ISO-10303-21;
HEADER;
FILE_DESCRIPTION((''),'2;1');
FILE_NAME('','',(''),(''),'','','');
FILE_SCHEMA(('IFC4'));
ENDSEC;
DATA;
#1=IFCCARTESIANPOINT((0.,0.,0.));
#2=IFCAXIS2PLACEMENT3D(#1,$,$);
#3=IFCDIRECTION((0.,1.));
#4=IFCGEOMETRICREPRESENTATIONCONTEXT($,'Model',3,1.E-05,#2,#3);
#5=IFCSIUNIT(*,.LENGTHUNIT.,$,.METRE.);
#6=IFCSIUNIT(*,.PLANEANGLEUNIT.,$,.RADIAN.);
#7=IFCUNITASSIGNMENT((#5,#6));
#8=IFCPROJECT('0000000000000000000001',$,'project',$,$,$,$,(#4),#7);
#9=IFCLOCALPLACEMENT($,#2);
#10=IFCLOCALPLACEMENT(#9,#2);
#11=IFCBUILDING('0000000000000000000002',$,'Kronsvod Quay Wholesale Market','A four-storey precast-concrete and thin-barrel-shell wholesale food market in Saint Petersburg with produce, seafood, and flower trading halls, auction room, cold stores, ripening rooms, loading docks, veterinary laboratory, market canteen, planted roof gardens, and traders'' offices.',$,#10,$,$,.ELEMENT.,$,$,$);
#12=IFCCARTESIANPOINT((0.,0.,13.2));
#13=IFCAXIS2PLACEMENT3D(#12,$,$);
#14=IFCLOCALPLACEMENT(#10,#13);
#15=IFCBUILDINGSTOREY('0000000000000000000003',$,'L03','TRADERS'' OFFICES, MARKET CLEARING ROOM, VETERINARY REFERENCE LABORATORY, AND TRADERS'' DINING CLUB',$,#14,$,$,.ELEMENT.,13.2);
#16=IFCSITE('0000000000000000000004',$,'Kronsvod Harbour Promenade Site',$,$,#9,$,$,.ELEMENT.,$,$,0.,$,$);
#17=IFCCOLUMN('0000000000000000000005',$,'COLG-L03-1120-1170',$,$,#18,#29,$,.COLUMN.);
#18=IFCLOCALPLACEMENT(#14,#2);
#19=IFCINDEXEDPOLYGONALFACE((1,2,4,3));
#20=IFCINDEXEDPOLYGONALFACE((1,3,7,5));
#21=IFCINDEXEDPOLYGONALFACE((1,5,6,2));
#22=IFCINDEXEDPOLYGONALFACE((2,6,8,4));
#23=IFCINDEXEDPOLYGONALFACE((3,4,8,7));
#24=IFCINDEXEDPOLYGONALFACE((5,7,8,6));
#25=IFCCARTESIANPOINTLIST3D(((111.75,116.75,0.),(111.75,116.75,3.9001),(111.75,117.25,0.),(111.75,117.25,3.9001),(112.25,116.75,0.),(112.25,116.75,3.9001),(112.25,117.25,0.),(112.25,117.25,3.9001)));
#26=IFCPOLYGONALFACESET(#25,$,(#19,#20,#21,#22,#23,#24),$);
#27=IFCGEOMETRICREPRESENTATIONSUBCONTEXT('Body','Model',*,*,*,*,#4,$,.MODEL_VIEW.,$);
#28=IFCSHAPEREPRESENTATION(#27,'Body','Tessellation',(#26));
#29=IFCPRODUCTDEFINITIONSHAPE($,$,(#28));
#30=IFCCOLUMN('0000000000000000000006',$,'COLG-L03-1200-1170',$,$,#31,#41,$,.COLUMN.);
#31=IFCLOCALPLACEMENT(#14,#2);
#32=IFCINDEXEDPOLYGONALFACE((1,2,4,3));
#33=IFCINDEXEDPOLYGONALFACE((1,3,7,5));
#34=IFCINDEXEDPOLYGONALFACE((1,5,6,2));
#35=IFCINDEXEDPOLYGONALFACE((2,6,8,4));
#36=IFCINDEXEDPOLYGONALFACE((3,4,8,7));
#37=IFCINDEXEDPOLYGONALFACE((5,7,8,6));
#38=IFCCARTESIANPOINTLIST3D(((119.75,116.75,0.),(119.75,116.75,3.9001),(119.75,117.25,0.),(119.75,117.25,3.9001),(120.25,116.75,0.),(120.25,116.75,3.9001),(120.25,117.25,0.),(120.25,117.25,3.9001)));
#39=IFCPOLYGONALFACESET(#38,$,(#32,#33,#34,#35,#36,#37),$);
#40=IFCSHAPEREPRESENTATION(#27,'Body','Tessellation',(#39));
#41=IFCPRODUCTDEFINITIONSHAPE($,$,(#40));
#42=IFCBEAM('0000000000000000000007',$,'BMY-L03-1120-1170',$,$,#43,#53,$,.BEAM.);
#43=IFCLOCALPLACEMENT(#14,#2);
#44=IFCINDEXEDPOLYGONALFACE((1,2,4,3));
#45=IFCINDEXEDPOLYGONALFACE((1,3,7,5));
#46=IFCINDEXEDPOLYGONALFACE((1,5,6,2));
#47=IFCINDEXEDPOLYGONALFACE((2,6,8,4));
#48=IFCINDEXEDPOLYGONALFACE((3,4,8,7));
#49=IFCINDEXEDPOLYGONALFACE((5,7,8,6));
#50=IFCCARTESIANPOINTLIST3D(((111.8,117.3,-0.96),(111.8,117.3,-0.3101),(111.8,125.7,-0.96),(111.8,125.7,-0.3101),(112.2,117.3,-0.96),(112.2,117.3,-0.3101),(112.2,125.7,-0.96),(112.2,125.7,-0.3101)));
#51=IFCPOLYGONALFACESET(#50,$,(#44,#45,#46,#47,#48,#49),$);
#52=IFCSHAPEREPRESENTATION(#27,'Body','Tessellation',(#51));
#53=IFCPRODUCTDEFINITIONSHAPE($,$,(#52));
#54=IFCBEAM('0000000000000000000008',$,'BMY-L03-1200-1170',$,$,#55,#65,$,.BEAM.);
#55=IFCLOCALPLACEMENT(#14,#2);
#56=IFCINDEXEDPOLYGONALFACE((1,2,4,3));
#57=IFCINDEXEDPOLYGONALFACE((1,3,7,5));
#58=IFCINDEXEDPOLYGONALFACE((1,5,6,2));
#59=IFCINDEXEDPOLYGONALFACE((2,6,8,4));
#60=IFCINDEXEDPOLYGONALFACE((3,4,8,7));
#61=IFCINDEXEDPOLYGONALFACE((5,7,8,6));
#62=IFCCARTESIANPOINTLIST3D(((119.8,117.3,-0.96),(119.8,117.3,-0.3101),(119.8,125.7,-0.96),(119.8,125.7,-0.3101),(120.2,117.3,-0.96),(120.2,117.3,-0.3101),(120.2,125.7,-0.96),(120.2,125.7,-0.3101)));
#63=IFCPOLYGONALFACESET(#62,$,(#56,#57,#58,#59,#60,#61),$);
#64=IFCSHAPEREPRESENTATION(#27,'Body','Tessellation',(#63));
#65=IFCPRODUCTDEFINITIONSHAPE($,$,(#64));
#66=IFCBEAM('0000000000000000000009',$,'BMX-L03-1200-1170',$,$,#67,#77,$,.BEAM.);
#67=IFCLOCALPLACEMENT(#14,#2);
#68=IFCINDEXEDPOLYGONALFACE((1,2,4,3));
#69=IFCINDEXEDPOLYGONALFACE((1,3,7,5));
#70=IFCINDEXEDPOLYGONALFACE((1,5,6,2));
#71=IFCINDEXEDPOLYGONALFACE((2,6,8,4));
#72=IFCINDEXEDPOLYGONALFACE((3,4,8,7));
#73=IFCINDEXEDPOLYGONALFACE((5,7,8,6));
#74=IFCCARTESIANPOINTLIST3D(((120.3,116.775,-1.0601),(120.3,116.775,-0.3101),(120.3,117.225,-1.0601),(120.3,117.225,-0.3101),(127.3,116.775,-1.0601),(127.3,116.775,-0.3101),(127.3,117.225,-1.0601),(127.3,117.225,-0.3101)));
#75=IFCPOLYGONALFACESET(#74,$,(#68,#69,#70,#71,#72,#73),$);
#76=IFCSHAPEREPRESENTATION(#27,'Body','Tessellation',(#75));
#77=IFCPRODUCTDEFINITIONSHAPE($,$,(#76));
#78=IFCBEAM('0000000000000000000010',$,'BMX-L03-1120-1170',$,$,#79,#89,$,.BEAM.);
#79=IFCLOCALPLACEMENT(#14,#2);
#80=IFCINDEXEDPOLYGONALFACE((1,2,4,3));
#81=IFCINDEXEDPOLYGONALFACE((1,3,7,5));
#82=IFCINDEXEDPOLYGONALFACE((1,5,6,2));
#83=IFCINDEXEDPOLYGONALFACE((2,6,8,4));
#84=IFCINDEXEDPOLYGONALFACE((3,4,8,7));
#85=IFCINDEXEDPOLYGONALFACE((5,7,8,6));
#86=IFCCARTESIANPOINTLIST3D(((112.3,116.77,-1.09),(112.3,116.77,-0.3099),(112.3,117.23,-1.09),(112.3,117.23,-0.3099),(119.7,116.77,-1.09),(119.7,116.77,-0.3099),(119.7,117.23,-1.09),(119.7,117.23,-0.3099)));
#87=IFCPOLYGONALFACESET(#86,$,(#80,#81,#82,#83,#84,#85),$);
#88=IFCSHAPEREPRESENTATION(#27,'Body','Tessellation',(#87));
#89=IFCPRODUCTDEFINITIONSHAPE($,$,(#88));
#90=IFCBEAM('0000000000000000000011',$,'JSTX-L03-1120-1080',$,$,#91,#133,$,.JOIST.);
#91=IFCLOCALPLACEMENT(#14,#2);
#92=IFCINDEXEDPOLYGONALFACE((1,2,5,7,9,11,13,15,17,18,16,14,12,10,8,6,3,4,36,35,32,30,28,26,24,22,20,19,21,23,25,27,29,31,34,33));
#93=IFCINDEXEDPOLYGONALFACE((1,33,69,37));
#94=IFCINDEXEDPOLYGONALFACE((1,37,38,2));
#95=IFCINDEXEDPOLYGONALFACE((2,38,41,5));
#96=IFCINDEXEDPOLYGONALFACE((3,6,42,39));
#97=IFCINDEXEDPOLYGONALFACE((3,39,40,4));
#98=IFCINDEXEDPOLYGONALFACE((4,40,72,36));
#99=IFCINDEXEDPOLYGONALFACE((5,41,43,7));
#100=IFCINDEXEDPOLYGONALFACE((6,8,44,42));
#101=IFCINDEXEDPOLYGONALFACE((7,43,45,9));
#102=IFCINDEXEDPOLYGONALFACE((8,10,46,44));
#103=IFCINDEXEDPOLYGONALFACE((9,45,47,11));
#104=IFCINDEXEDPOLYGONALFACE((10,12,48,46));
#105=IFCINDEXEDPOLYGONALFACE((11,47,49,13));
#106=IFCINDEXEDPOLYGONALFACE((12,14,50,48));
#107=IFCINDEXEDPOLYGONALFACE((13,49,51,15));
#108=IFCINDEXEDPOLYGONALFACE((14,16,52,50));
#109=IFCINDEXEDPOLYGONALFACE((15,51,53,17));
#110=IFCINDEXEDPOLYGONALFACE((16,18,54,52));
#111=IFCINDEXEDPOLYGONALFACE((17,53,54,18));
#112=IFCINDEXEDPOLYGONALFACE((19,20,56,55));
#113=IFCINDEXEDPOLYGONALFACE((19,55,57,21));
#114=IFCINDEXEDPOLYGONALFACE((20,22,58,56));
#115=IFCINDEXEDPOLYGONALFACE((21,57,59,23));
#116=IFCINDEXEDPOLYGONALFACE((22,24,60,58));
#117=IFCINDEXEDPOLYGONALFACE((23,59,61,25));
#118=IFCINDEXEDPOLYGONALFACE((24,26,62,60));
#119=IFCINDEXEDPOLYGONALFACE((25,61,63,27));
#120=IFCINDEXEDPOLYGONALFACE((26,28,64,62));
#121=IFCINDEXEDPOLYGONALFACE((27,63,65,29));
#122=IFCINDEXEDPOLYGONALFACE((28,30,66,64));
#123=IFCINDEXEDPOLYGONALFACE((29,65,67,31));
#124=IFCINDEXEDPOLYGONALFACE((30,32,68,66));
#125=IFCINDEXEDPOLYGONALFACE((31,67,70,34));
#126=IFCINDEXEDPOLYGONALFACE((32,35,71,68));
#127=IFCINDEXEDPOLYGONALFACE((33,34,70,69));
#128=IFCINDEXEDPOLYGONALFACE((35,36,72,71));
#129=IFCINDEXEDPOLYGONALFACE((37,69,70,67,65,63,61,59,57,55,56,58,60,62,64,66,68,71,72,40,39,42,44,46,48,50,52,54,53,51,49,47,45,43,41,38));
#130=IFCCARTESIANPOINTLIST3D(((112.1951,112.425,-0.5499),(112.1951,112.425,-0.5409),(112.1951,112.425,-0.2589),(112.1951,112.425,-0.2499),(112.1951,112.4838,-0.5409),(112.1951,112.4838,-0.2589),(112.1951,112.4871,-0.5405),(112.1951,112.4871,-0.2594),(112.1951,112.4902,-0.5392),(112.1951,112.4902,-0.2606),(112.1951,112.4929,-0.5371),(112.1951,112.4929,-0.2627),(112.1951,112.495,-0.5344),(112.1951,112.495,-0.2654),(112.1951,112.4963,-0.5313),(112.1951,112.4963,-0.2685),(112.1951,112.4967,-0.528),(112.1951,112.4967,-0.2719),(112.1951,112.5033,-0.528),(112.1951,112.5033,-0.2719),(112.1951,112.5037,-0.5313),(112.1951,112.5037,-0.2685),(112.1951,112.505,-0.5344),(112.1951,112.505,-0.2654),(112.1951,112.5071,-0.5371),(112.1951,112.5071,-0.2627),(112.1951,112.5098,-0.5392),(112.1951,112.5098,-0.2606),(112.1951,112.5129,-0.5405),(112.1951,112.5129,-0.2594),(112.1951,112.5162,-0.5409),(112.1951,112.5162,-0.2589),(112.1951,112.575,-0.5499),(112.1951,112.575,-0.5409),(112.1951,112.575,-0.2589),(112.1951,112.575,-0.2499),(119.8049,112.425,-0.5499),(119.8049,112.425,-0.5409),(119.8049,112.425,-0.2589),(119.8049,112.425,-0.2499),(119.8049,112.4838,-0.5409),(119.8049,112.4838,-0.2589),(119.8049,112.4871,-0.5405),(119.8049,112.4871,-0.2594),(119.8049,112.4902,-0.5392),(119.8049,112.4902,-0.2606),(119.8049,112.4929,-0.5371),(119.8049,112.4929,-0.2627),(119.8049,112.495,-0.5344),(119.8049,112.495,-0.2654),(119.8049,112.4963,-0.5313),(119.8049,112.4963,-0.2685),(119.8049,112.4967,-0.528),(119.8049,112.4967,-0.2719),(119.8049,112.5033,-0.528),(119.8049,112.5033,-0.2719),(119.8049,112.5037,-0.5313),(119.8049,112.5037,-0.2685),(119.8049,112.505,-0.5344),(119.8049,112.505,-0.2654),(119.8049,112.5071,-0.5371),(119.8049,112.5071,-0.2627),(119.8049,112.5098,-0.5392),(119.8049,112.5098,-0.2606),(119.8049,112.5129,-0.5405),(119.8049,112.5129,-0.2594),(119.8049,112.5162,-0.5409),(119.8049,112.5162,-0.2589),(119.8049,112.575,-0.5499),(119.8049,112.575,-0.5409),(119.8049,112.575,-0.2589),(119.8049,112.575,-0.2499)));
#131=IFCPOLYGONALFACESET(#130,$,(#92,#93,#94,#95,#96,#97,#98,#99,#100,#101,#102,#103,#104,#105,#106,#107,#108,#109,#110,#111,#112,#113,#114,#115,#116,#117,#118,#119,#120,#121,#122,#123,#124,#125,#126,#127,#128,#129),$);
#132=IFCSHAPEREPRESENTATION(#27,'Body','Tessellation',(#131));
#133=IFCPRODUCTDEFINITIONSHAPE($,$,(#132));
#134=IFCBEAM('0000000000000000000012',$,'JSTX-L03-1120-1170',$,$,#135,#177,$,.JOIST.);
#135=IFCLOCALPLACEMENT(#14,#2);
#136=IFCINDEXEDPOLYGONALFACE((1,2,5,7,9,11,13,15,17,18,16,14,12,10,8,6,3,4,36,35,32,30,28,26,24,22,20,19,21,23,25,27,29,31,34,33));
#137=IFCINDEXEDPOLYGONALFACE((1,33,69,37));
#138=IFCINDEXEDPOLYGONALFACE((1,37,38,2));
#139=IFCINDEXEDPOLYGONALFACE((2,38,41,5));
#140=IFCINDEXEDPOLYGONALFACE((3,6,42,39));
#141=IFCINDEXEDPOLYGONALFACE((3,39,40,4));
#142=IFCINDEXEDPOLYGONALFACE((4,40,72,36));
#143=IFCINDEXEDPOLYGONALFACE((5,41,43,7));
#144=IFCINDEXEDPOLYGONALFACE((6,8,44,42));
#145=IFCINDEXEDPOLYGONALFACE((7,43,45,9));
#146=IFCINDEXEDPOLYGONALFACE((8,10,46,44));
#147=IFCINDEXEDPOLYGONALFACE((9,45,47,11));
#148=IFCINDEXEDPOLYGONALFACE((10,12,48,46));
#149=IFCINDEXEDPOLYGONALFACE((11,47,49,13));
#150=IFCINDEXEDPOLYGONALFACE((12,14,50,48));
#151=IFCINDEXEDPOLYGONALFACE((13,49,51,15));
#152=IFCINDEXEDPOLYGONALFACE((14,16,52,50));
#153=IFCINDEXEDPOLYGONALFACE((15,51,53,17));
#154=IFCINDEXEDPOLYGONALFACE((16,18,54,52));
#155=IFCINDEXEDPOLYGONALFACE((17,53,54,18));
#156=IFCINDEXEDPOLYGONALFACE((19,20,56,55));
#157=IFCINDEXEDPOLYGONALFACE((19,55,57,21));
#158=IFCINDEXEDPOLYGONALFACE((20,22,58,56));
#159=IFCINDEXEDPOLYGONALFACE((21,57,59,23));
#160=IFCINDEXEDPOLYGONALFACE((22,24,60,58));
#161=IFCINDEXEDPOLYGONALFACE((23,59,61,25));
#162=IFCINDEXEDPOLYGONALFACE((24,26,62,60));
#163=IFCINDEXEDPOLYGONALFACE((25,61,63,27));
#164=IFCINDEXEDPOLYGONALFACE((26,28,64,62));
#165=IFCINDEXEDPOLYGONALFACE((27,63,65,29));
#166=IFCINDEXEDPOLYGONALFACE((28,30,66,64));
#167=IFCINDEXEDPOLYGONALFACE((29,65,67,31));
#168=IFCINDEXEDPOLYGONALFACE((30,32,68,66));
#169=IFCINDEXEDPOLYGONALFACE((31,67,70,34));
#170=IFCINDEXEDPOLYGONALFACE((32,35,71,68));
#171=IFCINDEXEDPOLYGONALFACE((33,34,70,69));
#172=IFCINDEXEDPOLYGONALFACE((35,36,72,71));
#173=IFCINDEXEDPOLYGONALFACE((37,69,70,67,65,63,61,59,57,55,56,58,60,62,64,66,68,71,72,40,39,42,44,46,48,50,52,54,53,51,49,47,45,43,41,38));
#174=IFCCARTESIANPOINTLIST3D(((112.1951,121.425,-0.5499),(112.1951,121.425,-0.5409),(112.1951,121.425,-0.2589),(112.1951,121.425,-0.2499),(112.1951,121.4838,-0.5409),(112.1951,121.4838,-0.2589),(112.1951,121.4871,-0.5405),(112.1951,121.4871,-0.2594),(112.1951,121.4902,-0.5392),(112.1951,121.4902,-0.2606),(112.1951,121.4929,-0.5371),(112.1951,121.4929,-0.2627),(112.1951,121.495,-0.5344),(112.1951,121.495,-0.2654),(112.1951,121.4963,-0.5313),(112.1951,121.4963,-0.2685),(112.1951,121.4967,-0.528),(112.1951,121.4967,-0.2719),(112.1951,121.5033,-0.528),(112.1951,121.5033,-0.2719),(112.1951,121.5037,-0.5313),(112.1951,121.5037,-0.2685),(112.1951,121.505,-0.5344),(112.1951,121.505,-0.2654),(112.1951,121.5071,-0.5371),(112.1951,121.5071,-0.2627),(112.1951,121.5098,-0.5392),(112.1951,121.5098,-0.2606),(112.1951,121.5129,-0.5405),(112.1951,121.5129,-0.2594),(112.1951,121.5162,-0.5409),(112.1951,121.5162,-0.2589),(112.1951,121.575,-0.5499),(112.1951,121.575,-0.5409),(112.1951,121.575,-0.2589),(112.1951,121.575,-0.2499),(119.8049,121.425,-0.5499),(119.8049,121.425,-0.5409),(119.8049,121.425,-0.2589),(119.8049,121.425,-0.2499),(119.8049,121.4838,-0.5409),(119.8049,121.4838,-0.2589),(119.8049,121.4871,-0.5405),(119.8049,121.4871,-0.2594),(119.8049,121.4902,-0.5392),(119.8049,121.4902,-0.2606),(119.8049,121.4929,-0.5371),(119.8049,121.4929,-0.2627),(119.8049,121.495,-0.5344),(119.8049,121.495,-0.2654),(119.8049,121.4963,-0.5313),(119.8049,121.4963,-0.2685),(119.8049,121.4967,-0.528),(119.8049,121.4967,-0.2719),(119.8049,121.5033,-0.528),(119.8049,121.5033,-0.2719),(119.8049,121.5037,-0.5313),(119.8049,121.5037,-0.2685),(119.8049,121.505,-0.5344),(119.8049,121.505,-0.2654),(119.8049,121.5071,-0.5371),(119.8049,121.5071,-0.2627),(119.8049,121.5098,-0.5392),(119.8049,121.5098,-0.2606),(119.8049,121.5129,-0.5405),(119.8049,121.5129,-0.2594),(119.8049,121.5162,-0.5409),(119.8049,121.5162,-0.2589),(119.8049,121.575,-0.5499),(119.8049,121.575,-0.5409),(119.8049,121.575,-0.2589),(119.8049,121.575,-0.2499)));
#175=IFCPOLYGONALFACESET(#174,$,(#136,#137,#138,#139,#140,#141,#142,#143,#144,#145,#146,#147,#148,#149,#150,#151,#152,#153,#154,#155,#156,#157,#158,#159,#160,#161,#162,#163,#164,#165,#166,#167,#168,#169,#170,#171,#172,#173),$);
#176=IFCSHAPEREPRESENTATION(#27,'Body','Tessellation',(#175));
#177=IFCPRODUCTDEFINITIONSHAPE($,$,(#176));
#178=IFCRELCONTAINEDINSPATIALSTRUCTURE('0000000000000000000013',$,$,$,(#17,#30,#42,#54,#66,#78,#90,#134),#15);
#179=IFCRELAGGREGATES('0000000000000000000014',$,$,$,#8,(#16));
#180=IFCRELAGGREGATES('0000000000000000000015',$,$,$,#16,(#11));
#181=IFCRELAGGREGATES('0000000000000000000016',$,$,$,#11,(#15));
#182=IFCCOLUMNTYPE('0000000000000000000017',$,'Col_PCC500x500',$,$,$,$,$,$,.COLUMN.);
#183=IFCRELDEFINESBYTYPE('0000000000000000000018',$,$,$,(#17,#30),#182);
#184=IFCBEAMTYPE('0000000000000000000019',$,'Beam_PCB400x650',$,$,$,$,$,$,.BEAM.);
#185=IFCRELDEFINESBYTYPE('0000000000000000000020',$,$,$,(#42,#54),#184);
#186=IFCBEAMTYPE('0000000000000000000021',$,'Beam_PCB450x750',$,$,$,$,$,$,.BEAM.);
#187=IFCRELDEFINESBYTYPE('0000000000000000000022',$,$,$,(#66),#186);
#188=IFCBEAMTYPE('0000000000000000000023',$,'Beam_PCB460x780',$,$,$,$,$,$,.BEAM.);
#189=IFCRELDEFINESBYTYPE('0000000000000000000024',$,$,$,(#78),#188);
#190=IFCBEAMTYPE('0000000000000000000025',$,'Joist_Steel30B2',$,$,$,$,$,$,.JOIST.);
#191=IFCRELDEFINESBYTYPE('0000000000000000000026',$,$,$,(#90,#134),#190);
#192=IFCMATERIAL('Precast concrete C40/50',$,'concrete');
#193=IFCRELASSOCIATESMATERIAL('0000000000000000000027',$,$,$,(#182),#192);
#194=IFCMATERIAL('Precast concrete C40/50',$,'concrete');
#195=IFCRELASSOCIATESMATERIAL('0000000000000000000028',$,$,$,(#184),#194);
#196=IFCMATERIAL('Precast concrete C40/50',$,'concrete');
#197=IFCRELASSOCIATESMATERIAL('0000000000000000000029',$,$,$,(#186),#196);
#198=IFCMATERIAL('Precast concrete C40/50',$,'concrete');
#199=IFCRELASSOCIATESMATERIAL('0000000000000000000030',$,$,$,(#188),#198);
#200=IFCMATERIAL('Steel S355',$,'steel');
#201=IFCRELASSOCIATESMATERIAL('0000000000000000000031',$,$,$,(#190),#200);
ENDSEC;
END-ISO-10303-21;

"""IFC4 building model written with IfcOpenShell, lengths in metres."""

from ifc_helpers import new_model, si_unit, direction, frame, origin, origin_2d, place, context, subcontext, project, spatial, rectangle, i_section, extrude, material, material_profile, profile_set, type_object, element, save


model = new_model("IFC4")

# Units and contexts
model_context = context("Model", 3, precision=1e-05, world=origin(), true_north=direction((0.0, 1.0)))
body_context = subcontext(model_context, "Body", "Model", "MODEL_VIEW")
ifc_project = project(units=[si_unit("LENGTHUNIT", "METRE"), si_unit("PLANEANGLEUNIT", "RADIAN")], contexts=[model_context])

# Site, building, storey
site_placement = place(None, origin())
site = spatial("IfcSite", under=ifc_project, at=site_placement, Name="Kronsvod Harbour Promenade Site", CompositionType="ELEMENT", RefElevation=0.0)
building_placement = place(site_placement, origin())
building = spatial("IfcBuilding", under=site, at=building_placement, Name="Kronsvod Quay Wholesale Market", Description="A four-storey precast-concrete and thin-barrel-shell wholesale food market in Saint Petersburg with produce, seafood, and flower trading halls, auction room, cold stores, ripening rooms, loading docks, veterinary laboratory, market canteen, planted roof gardens, and traders' offices.", CompositionType="ELEMENT")
storey_placement = place(building_placement, frame((0.0, 0.0, 13.2)))
storey = spatial("IfcBuildingStorey", under=building, at=storey_placement, Name="L03", Description="TRADERS' OFFICES, MARKET CLEARING ROOM, VETERINARY REFERENCE LABORATORY, AND TRADERS' DINING CLUB", CompositionType="ELEMENT", Elevation=13.2)

# Columns
ifc_material_1 = material(Name="Precast concrete C40/50", Category="concrete")
ifc_material_profile_1 = material_profile(ifc_material_1, rectangle(XDim=0.5, YDim=0.5, at=origin_2d()), Name="PCC500x500")
ifc_profile_set_1 = profile_set([ifc_material_profile_1], Name="Precast concrete C40/50")
column_type = type_object("IfcColumnType", Name="Col_PCC500x500", PredefinedType="COLUMN", material=ifc_profile_set_1)
for number, where, z_axis, x_axis, name in (
    (1, (112.0, 117.0, 0.0), (0.0, 0.0, 1.0), (1.0, 0.0, 0.0), "COLG-L03-1120-1170"),
    (2, (120.0, 117.0, 0.0), (0.0, 0.0, 1.0), (1.0, 0.0, 0.0), "COLG-L03-1200-1170"),
):
    element("IfcColumn", number, at=place(storey_placement, frame(where, z_axis=z_axis, x_axis=x_axis)), inside=storey, type_object=column_type, Name=name, PredefinedType="COLUMN", context=body_context, shape_type="SweptSolid", body=[
        extrude(rectangle(XDim=0.5, YDim=0.5, at=origin_2d()), origin(), (0.0, 0.0, 1.0), 3.9001),
    ])

# Beams
ifc_material_2 = material(Name="Precast concrete C40/50", Category="concrete")
ifc_material_profile_2 = material_profile(ifc_material_2, rectangle(XDim=0.3999, YDim=0.6499, at=origin_2d()), Name="PCB400x650")
ifc_profile_set_2 = profile_set([ifc_material_profile_2], Name="Precast concrete C40/50")
beam_type_1 = type_object("IfcBeamType", Name="Beam_PCB400x650", PredefinedType="BEAM", material=ifc_profile_set_2)
for number, where, z_axis, x_axis, name in (
    (3, (112.0, 117.3, -0.635), (0.0, 1.0, 0.0), (-1.0, 0.0, 0.0), "BMY-L03-1120-1170"),
    (4, (120.0, 117.3, -0.635), (0.0, 1.0, 0.0), (-1.0, 0.0, 0.0), "BMY-L03-1200-1170"),
):
    element("IfcBeam", number, at=place(storey_placement, frame(where, z_axis=z_axis, x_axis=x_axis)), inside=storey, type_object=beam_type_1, Name=name, PredefinedType="BEAM", context=body_context, shape_type="SweptSolid", body=[
        extrude(rectangle(XDim=0.3999, YDim=0.6499, at=origin_2d()), origin(), (0.0, 0.0, 1.0), 8.3999),
    ])
ifc_material_3 = material(Name="Precast concrete C40/50", Category="concrete")
ifc_material_profile_3 = material_profile(ifc_material_3, rectangle(XDim=0.45, YDim=0.75, at=origin_2d()), Name="PCB450x750")
ifc_profile_set_3 = profile_set([ifc_material_profile_3], Name="Precast concrete C40/50")
beam_type_2 = type_object("IfcBeamType", Name="Beam_PCB450x750", PredefinedType="BEAM", material=ifc_profile_set_3)
beam_1_placement = place(storey_placement, frame((120.3, 117.0, -0.6851), z_axis=(1.0, 0.0, 0.0), x_axis=(0.0, 1.0, 0.0)))
element("IfcBeam", 5, at=beam_1_placement, inside=storey, type_object=beam_type_2, Name="BMX-L03-1200-1170", PredefinedType="BEAM", context=body_context, shape_type="SweptSolid", body=[
    extrude(rectangle(XDim=0.45, YDim=0.75, at=origin_2d()), origin(), (0.0, 0.0, 1.0), 7.0),
])
ifc_material_4 = material(Name="Precast concrete C40/50", Category="concrete")
ifc_material_profile_4 = material_profile(ifc_material_4, rectangle(XDim=0.46, YDim=0.78, at=origin_2d()), Name="PB-03")
ifc_profile_set_4 = profile_set([ifc_material_profile_4], Name="Precast concrete C40/50")
beam_type_3 = type_object("IfcBeamType", Name="Beam_PCB460x780", PredefinedType="BEAM", material=ifc_profile_set_4)
beam_2_placement = place(storey_placement, frame((112.3, 117.0, -0.7), z_axis=(1.0, 0.0, 0.0), x_axis=(0.0, 1.0, 0.0)))
element("IfcBeam", 6, at=beam_2_placement, inside=storey, type_object=beam_type_3, Name="BMX-L03-1120-1170", PredefinedType="BEAM", context=body_context, shape_type="SweptSolid", body=[
    extrude(rectangle(XDim=0.46, YDim=0.78, at=origin_2d()), origin(), (0.0, 0.0, 1.0), 7.3999),
])
ifc_material_5 = material(Name="Steel S355", Category="steel")
ifc_material_profile_5 = material_profile(ifc_material_5, i_section(OverallWidth=0.1499, OverallDepth=0.3, WebThickness=0.0066, FlangeThickness=0.009, FilletRadius=0.0129, at=origin_2d()), Name="30B2")
ifc_profile_set_5 = profile_set([ifc_material_profile_5], Name="Steel S355")
beam_type_4 = type_object("IfcBeamType", Name="Joist_Steel30B2", PredefinedType="JOIST", material=ifc_profile_set_5)
for number, where, z_axis, x_axis, name in (
    (7, (112.1951, 112.5, -0.3999), (1.0, 0.0, 0.0), (0.0, 1.0, 0.0), "JSTX-L03-1120-1080"),
    (8, (112.1951, 121.5, -0.3999), (1.0, 0.0, 0.0), (0.0, 1.0, 0.0), "JSTX-L03-1120-1170"),
):
    element("IfcBeam", number, at=place(storey_placement, frame(where, z_axis=z_axis, x_axis=x_axis)), inside=storey, type_object=beam_type_4, Name=name, PredefinedType="JOIST", context=body_context, shape_type="SweptSolid", body=[
        extrude(i_section(OverallWidth=0.1499, OverallDepth=0.3, WebThickness=0.0066, FlangeThickness=0.009, FilletRadius=0.0129, at=origin_2d()), origin(), (0.0, 0.0, 1.0), 7.6099),
    ])

save(model, "model.ifc")
